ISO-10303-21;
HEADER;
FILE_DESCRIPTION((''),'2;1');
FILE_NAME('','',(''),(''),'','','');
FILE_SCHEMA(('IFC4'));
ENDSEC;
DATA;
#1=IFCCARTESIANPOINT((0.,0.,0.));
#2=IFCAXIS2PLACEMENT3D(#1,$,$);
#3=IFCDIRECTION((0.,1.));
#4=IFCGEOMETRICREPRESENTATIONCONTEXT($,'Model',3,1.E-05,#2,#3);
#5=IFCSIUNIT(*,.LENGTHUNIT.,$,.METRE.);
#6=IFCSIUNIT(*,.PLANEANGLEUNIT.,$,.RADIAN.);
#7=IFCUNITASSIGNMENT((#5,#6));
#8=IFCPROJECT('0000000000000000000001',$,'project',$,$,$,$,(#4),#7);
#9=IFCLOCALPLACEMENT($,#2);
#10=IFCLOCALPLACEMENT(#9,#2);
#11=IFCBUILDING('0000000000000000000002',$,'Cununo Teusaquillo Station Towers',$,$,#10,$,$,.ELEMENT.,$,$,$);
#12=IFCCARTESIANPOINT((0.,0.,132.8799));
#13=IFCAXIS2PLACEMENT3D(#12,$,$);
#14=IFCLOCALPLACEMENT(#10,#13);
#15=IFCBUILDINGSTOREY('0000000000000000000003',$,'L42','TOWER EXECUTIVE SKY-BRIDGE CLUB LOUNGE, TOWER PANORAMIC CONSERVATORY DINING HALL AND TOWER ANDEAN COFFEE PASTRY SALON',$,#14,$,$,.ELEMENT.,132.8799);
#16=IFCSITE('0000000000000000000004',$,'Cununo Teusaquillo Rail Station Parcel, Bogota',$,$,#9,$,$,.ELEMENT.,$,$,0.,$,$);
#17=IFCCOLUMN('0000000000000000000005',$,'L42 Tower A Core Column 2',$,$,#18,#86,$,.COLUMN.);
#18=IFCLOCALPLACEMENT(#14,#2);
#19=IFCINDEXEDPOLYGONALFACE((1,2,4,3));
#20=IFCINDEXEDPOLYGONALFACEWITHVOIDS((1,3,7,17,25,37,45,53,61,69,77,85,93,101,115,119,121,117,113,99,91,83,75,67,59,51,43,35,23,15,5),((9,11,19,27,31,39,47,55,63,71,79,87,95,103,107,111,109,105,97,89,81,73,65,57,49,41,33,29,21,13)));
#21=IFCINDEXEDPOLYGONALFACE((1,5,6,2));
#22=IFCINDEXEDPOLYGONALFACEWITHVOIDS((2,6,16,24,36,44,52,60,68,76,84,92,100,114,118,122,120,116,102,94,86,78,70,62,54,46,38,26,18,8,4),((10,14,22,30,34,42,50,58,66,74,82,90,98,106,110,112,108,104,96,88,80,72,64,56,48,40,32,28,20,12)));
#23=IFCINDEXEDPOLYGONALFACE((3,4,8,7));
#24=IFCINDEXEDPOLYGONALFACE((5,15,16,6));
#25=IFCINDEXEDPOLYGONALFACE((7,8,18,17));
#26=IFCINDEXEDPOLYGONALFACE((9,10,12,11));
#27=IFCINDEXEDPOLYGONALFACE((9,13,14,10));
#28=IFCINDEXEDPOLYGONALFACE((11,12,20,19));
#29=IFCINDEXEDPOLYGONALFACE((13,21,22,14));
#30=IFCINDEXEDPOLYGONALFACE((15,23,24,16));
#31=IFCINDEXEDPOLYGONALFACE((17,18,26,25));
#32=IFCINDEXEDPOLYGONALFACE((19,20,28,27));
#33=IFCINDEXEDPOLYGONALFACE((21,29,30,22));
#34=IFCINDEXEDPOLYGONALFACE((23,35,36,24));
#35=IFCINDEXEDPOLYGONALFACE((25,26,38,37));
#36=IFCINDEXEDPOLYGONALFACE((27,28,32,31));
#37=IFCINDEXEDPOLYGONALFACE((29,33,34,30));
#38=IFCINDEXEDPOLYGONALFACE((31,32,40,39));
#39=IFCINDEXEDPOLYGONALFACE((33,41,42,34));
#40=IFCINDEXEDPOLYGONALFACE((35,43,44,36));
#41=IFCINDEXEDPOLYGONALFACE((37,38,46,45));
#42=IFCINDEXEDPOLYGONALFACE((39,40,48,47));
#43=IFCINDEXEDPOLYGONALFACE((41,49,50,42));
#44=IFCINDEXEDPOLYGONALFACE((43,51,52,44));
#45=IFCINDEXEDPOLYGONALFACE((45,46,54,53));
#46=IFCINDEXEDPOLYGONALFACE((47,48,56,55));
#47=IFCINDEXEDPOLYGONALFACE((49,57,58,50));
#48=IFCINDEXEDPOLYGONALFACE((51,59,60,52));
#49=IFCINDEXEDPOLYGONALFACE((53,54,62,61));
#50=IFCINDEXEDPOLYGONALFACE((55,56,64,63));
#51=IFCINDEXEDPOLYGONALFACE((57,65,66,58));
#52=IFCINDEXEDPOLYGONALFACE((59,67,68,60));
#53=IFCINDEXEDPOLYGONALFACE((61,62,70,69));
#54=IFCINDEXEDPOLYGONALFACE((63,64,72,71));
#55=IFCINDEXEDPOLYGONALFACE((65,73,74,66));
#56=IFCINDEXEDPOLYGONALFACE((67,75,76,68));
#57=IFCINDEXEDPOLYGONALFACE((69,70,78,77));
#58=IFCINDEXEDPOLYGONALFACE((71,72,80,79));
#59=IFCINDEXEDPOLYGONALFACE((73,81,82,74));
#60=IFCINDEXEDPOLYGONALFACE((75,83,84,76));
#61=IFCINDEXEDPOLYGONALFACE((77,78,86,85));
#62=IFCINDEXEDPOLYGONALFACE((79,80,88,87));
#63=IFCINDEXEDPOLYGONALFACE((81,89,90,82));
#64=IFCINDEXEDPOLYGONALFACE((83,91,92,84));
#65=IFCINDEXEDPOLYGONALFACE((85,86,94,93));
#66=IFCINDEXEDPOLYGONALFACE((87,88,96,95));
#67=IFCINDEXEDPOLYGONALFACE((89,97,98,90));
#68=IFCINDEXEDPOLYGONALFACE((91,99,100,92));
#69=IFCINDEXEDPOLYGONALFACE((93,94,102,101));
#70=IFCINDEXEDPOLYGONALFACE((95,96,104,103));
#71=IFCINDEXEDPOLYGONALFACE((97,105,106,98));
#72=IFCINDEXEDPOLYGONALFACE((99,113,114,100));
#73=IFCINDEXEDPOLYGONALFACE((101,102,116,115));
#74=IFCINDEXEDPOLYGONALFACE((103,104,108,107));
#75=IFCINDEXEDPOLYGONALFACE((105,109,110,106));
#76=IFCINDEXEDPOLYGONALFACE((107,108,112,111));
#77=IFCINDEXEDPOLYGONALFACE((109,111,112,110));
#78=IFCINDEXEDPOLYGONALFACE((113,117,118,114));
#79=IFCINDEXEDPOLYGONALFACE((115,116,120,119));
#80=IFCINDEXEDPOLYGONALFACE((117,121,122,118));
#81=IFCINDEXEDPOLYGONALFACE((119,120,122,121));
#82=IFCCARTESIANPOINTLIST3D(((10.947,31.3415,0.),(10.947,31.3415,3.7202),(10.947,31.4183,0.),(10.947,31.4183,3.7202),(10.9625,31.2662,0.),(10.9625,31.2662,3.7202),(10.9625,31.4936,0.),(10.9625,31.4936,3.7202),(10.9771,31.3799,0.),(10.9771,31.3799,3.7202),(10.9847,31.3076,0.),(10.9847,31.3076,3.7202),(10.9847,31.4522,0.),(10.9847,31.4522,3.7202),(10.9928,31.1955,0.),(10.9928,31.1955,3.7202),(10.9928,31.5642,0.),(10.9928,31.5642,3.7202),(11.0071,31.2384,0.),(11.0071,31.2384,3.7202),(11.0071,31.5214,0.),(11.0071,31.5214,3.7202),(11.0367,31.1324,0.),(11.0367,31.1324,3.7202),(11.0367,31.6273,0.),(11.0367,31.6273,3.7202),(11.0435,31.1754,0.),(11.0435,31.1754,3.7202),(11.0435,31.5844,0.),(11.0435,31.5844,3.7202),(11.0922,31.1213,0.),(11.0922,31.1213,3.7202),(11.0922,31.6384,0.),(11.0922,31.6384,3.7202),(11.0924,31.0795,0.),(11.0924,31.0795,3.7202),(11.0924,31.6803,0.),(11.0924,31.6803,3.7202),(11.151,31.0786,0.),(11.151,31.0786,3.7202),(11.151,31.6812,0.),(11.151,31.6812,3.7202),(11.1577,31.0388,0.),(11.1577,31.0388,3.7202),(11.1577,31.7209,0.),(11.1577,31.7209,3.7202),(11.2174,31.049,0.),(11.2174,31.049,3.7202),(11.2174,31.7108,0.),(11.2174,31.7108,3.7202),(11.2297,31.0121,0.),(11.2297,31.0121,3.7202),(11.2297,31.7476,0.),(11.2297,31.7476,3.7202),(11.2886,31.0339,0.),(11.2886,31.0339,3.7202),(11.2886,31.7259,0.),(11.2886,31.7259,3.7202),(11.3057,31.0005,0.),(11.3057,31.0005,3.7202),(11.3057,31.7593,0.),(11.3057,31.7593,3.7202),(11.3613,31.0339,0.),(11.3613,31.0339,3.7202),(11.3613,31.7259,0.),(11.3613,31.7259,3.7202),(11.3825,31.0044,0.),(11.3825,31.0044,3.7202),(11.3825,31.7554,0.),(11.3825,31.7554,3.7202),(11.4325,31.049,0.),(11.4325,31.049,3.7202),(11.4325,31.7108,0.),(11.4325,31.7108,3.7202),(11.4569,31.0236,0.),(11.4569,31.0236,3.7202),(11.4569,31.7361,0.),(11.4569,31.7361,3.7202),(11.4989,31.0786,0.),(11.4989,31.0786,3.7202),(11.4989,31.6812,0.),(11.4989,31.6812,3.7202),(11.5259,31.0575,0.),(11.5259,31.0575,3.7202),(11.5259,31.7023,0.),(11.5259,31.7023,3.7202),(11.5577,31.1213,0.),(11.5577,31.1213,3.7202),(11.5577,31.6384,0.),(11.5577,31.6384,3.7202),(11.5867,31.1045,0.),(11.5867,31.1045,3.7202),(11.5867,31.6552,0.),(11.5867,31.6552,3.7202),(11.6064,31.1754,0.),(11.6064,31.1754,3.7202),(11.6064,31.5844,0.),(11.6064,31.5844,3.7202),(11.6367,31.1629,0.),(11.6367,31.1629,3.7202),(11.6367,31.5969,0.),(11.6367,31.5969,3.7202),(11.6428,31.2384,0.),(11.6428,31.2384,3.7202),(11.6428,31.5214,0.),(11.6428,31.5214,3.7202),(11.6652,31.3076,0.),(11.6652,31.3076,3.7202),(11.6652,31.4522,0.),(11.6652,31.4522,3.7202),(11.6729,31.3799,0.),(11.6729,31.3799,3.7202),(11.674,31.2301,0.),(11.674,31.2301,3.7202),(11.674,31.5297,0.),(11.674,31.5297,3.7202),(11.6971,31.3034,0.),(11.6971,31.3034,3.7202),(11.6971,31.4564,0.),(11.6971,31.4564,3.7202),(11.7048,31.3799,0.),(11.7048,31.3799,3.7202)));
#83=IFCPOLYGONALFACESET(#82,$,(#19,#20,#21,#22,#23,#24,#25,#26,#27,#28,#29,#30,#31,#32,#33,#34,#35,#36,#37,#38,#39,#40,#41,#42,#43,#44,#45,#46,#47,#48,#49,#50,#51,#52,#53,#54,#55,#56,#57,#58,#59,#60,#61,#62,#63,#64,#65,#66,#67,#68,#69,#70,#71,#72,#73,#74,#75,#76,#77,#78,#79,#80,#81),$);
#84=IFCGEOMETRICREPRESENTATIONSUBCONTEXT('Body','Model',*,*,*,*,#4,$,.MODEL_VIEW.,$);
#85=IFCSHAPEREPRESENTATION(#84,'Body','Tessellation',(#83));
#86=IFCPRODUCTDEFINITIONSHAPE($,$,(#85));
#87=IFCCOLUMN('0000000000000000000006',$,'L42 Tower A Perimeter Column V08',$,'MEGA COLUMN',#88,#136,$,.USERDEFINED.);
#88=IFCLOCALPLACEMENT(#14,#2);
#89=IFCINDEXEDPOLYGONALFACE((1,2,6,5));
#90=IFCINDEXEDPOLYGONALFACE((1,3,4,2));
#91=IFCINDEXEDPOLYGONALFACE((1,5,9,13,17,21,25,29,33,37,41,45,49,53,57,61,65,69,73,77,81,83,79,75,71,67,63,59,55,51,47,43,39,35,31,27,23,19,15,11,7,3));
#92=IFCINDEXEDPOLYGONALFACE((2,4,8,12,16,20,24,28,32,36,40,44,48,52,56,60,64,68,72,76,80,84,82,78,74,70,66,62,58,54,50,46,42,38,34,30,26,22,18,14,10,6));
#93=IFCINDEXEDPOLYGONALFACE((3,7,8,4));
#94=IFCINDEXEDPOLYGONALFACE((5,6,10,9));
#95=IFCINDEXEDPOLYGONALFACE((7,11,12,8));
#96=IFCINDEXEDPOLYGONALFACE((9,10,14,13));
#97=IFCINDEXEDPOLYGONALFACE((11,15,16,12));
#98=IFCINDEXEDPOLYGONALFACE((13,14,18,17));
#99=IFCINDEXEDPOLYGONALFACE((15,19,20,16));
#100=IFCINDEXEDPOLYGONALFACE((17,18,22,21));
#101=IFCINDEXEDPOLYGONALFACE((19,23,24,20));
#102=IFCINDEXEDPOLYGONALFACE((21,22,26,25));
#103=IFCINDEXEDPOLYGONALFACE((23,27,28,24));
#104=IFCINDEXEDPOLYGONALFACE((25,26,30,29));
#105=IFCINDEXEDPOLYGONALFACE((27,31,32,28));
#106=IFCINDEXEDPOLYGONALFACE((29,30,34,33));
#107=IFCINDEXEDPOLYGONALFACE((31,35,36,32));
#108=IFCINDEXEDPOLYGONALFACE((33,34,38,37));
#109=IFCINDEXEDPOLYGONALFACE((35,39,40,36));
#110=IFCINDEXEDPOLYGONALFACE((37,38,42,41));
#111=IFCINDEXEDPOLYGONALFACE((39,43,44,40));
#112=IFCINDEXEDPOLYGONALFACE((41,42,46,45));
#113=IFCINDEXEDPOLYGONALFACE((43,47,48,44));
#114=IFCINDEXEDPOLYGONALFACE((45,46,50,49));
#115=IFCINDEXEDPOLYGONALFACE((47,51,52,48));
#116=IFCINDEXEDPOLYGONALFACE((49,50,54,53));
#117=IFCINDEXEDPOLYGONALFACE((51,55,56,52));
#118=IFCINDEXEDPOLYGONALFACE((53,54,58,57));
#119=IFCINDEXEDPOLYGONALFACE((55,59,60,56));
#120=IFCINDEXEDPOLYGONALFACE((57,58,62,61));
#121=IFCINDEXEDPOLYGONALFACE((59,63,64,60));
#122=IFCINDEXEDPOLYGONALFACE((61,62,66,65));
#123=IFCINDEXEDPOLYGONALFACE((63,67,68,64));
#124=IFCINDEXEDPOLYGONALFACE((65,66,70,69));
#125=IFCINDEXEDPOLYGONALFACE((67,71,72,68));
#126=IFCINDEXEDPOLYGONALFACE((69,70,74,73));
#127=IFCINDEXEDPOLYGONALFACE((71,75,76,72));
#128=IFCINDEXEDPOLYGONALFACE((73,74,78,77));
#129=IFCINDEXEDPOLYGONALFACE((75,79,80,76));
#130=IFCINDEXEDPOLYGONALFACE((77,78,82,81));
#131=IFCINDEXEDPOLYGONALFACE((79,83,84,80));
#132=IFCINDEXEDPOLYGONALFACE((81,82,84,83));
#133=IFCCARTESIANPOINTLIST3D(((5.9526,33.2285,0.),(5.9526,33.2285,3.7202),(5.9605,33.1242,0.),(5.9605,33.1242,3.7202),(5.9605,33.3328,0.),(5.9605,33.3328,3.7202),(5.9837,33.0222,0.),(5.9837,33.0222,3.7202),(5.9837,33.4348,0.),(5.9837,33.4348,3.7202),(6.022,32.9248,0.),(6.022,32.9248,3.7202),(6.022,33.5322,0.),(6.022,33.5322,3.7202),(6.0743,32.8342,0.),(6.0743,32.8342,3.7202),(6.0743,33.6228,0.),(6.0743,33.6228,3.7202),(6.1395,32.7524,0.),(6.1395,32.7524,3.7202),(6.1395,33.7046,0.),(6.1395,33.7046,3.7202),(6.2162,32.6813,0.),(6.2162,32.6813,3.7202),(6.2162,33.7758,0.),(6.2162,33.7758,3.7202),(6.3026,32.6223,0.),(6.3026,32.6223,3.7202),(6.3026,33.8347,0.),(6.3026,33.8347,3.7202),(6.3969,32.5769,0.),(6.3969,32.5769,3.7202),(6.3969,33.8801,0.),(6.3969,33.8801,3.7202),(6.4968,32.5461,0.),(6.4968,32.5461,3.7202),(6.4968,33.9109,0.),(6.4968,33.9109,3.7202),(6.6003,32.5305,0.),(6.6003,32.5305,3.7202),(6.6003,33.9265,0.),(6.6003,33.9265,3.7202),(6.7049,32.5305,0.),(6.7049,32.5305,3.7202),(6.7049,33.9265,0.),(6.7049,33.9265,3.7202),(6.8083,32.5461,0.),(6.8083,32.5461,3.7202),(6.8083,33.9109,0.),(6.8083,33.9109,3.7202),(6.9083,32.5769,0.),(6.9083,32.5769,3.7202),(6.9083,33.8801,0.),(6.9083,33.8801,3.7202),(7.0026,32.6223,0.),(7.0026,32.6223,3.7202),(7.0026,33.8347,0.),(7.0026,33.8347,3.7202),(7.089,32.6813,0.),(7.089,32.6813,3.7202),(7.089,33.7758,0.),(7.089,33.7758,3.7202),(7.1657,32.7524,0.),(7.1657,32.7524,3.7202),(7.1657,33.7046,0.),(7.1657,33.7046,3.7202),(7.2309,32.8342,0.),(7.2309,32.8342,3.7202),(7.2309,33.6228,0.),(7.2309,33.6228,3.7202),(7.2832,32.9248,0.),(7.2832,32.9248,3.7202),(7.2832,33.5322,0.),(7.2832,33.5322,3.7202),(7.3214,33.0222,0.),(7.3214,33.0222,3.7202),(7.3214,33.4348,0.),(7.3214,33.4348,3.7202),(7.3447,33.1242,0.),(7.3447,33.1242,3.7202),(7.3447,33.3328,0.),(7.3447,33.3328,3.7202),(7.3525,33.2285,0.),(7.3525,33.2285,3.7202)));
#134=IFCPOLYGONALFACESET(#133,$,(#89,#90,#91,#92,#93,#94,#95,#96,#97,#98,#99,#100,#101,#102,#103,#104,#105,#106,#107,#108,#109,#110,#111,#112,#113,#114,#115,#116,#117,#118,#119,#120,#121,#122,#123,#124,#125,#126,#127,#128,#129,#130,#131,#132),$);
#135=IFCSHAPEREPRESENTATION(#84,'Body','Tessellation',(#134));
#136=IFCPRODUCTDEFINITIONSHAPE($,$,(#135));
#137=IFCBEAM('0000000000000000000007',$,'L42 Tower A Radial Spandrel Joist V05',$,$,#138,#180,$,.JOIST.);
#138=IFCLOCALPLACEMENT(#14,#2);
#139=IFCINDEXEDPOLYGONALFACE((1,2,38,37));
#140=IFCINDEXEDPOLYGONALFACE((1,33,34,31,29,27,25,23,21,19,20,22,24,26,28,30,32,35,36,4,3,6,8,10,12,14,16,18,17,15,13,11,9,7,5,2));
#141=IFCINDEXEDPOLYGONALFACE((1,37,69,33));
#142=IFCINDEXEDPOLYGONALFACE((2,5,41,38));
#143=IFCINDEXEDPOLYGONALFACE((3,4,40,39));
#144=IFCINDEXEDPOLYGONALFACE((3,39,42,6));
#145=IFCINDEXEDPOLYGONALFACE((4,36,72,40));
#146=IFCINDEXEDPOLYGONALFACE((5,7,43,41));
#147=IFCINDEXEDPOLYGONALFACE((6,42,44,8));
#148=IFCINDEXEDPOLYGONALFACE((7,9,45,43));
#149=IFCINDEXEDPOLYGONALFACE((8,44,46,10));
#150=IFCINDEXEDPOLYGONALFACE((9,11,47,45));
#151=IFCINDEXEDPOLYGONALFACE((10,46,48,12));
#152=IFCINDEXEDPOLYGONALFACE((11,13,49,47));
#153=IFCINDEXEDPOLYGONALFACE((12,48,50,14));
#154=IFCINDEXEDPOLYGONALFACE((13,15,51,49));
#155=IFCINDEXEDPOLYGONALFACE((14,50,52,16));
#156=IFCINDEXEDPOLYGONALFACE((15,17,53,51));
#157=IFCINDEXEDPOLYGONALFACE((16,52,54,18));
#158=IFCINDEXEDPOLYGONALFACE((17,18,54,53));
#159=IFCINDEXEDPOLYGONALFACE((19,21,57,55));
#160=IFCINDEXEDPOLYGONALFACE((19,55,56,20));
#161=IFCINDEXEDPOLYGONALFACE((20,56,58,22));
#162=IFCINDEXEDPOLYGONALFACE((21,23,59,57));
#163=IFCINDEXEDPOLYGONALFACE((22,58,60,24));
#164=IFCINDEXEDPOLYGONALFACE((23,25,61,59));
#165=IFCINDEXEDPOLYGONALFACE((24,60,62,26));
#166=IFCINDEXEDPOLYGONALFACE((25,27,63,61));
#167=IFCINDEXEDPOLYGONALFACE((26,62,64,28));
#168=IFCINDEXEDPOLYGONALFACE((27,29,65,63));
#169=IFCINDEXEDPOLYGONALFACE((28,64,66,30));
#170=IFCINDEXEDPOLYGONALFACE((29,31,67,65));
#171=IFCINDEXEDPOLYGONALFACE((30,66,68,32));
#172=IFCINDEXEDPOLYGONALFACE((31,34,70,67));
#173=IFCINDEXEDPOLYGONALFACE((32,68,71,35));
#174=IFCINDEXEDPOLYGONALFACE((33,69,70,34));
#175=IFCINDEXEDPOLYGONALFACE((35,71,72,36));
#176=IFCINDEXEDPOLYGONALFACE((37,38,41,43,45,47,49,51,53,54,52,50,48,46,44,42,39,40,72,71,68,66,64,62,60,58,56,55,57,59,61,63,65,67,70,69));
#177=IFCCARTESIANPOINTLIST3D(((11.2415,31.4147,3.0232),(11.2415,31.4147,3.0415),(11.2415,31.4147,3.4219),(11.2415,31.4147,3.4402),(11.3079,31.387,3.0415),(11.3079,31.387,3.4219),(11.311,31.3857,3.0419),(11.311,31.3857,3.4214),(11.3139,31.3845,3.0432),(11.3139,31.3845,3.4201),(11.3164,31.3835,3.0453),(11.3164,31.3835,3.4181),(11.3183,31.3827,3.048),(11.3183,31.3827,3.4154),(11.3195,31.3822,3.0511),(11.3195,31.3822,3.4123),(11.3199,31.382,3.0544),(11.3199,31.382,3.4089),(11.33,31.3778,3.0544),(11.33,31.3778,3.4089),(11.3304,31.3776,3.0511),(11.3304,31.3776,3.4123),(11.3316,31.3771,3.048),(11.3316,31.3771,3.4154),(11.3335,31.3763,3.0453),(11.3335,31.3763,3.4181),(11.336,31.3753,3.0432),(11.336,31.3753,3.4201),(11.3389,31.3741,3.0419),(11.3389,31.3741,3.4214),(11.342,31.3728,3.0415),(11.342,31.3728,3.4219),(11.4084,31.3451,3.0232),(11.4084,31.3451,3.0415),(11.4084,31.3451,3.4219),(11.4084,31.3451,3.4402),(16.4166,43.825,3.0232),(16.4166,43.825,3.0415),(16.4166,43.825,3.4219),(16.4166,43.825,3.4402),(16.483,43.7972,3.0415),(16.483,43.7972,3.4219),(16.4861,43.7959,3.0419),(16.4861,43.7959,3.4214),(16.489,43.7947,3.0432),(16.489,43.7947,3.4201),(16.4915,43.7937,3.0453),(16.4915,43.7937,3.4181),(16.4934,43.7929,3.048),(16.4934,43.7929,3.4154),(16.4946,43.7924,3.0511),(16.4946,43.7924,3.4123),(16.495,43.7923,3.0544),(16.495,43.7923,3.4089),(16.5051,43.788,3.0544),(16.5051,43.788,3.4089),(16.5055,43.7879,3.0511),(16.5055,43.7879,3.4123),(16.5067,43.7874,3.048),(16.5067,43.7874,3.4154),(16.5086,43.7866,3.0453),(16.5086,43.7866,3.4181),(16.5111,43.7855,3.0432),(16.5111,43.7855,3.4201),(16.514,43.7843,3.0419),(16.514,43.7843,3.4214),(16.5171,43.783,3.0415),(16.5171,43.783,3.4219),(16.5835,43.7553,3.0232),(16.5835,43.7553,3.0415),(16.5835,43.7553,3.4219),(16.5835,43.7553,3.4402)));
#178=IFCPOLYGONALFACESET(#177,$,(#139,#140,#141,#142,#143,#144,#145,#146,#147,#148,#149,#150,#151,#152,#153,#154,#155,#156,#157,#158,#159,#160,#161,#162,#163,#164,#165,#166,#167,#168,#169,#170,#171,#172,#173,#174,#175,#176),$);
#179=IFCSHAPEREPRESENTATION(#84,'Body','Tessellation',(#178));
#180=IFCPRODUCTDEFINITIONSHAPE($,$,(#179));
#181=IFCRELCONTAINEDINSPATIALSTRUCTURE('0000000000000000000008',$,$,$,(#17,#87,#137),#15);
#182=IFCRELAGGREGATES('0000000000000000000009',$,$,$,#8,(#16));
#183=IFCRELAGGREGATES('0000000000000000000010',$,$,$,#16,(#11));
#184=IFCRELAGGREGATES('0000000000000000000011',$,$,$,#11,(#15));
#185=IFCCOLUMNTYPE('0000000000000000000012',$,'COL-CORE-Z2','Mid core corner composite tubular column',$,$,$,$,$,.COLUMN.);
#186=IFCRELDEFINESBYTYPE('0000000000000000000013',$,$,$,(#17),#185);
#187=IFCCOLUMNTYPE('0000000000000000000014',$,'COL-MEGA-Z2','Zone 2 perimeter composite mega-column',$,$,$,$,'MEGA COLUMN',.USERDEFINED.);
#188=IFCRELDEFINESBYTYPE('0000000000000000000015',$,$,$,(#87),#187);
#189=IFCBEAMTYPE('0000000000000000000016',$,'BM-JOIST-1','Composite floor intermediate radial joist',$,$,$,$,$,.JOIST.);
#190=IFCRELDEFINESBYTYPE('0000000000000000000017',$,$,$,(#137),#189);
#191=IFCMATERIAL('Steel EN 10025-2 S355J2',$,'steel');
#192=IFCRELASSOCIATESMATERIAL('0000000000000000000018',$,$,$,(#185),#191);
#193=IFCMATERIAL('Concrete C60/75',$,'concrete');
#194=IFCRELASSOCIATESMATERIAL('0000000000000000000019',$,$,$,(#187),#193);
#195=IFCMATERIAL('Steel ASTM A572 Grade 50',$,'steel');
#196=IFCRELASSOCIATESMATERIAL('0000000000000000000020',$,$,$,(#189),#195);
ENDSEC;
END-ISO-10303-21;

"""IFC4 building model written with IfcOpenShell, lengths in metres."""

from ifc_helpers import new_model, si_unit, direction, frame, origin, origin_2d, place, context, subcontext, project, spatial, circle, hollow_circle, i_section, extrude, material, material_profile, profile_set, type_object, element, save


model = new_model("IFC4")

# Units and contexts
model_context = context("Model", 3, precision=1e-05, world=origin(), true_north=direction((0.0, 1.0)))
body_context = subcontext(model_context, "Body", "Model", "MODEL_VIEW")
ifc_project = project(units=[si_unit("LENGTHUNIT", "METRE"), si_unit("PLANEANGLEUNIT", "RADIAN")], contexts=[model_context])

# Site, building, storey
site_placement = place(None, origin())
site = spatial("IfcSite", under=ifc_project, at=site_placement, Name="Cununo Teusaquillo Rail Station Parcel, Bogota", CompositionType="ELEMENT", RefElevation=0.0)
building_placement = place(site_placement, origin())
building = spatial("IfcBuilding", under=site, at=building_placement, Name="Cununo Teusaquillo Station Towers", CompositionType="ELEMENT")
storey_placement = place(building_placement, frame((0.0, 0.0, 132.8799)))
storey = spatial("IfcBuildingStorey", under=building, at=storey_placement, Name="L42", Description="TOWER EXECUTIVE SKY-BRIDGE CLUB LOUNGE, TOWER PANORAMIC CONSERVATORY DINING HALL AND TOWER ANDEAN COFFEE PASTRY SALON", CompositionType="ELEMENT", Elevation=132.8799)

# Columns
ifc_material_1 = material(Name="Steel EN 10025-2 S355J2", Category="steel")
ifc_material_profile_1 = material_profile(ifc_material_1, hollow_circle(Radius=0.3799, WallThickness=0.032, at=origin_2d()), Name="CHS 760x32")
ifc_profile_set_1 = profile_set([ifc_material_profile_1], Name="Steel EN 10025-2 S355J2")
column_type_1 = type_object("IfcColumnType", Name="COL-CORE-Z2", Description="Mid core corner composite tubular column", PredefinedType="COLUMN", material=ifc_profile_set_1)
column_1_placement = place(storey_placement, frame((11.325, 31.3799, 0.0), z_axis=(0.0, 0.0, 1.0), x_axis=(1.0, 0.0, 0.0)))
element("IfcColumn", 1, at=column_1_placement, inside=storey, type_object=column_type_1, Name="L42 Tower A Core Column 2", PredefinedType="COLUMN", context=body_context, shape_type="SweptSolid", body=[
    extrude(hollow_circle(Radius=0.3799, WallThickness=0.032, at=origin_2d()), origin(), (0.0, 0.0, 1.0), 3.7202),
])
ifc_material_2 = material(Name="Concrete C60/75", Category="concrete")
ifc_material_profile_2 = material_profile(ifc_material_2, circle(Radius=0.7, at=origin_2d()), Name="RC-CIRC-1400")
ifc_profile_set_2 = profile_set([ifc_material_profile_2], Name="Concrete C60/75")
column_type_2 = type_object("IfcColumnType", Name="COL-MEGA-Z2", Description="Zone 2 perimeter composite mega-column", ElementType="MEGA COLUMN", PredefinedType="USERDEFINED", material=ifc_profile_set_2)
column_2_placement = place(storey_placement, frame((6.6526, 33.2285, 0.0), z_axis=(0.0, 0.0, 1.0), x_axis=(1.0, 0.0, 0.0)))
element("IfcColumn", 2, at=column_2_placement, inside=storey, type_object=column_type_2, Name="L42 Tower A Perimeter Column V08", ObjectType="MEGA COLUMN", PredefinedType="USERDEFINED", context=body_context, shape_type="SweptSolid", body=[
    extrude(circle(Radius=0.7, at=origin_2d()), origin(), (0.0, 0.0, 1.0), 3.7202),
])

# Beam
ifc_material_3 = material(Name="Steel ASTM A572 Grade 50", Category="steel")
ifc_material_profile_3 = material_profile(ifc_material_3, i_section(OverallWidth=0.1809, OverallDepth=0.417, WebThickness=0.011, FlangeThickness=0.0183, FilletRadius=0.0129, at=origin_2d()), Name="W16X57")
ifc_profile_set_3 = profile_set([ifc_material_profile_3], Name="Steel ASTM A572 Grade 50")
beam_type_1 = type_object("IfcBeamType", Name="BM-JOIST-1", Description="Composite floor intermediate radial joist", PredefinedType="JOIST", material=ifc_profile_set_3)
beam_1_placement = place(storey_placement, frame((11.325, 31.3799, 3.2317), z_axis=(0.384878, 0.922967, 0.0), x_axis=(-0.922967, 0.384878, 0.0)))
element("IfcBeam", 3, at=beam_1_placement, inside=storey, type_object=beam_type_1, Name="L42 Tower A Radial Spandrel Joist V05", PredefinedType="JOIST", context=body_context, shape_type="SweptSolid", body=[
    extrude(i_section(OverallWidth=0.1809, OverallDepth=0.417, WebThickness=0.011, FlangeThickness=0.0183, FilletRadius=0.0129, at=origin_2d()), origin(), (0.0, 0.0, 1.0), 13.446),
])

save(model, "model.ifc")
